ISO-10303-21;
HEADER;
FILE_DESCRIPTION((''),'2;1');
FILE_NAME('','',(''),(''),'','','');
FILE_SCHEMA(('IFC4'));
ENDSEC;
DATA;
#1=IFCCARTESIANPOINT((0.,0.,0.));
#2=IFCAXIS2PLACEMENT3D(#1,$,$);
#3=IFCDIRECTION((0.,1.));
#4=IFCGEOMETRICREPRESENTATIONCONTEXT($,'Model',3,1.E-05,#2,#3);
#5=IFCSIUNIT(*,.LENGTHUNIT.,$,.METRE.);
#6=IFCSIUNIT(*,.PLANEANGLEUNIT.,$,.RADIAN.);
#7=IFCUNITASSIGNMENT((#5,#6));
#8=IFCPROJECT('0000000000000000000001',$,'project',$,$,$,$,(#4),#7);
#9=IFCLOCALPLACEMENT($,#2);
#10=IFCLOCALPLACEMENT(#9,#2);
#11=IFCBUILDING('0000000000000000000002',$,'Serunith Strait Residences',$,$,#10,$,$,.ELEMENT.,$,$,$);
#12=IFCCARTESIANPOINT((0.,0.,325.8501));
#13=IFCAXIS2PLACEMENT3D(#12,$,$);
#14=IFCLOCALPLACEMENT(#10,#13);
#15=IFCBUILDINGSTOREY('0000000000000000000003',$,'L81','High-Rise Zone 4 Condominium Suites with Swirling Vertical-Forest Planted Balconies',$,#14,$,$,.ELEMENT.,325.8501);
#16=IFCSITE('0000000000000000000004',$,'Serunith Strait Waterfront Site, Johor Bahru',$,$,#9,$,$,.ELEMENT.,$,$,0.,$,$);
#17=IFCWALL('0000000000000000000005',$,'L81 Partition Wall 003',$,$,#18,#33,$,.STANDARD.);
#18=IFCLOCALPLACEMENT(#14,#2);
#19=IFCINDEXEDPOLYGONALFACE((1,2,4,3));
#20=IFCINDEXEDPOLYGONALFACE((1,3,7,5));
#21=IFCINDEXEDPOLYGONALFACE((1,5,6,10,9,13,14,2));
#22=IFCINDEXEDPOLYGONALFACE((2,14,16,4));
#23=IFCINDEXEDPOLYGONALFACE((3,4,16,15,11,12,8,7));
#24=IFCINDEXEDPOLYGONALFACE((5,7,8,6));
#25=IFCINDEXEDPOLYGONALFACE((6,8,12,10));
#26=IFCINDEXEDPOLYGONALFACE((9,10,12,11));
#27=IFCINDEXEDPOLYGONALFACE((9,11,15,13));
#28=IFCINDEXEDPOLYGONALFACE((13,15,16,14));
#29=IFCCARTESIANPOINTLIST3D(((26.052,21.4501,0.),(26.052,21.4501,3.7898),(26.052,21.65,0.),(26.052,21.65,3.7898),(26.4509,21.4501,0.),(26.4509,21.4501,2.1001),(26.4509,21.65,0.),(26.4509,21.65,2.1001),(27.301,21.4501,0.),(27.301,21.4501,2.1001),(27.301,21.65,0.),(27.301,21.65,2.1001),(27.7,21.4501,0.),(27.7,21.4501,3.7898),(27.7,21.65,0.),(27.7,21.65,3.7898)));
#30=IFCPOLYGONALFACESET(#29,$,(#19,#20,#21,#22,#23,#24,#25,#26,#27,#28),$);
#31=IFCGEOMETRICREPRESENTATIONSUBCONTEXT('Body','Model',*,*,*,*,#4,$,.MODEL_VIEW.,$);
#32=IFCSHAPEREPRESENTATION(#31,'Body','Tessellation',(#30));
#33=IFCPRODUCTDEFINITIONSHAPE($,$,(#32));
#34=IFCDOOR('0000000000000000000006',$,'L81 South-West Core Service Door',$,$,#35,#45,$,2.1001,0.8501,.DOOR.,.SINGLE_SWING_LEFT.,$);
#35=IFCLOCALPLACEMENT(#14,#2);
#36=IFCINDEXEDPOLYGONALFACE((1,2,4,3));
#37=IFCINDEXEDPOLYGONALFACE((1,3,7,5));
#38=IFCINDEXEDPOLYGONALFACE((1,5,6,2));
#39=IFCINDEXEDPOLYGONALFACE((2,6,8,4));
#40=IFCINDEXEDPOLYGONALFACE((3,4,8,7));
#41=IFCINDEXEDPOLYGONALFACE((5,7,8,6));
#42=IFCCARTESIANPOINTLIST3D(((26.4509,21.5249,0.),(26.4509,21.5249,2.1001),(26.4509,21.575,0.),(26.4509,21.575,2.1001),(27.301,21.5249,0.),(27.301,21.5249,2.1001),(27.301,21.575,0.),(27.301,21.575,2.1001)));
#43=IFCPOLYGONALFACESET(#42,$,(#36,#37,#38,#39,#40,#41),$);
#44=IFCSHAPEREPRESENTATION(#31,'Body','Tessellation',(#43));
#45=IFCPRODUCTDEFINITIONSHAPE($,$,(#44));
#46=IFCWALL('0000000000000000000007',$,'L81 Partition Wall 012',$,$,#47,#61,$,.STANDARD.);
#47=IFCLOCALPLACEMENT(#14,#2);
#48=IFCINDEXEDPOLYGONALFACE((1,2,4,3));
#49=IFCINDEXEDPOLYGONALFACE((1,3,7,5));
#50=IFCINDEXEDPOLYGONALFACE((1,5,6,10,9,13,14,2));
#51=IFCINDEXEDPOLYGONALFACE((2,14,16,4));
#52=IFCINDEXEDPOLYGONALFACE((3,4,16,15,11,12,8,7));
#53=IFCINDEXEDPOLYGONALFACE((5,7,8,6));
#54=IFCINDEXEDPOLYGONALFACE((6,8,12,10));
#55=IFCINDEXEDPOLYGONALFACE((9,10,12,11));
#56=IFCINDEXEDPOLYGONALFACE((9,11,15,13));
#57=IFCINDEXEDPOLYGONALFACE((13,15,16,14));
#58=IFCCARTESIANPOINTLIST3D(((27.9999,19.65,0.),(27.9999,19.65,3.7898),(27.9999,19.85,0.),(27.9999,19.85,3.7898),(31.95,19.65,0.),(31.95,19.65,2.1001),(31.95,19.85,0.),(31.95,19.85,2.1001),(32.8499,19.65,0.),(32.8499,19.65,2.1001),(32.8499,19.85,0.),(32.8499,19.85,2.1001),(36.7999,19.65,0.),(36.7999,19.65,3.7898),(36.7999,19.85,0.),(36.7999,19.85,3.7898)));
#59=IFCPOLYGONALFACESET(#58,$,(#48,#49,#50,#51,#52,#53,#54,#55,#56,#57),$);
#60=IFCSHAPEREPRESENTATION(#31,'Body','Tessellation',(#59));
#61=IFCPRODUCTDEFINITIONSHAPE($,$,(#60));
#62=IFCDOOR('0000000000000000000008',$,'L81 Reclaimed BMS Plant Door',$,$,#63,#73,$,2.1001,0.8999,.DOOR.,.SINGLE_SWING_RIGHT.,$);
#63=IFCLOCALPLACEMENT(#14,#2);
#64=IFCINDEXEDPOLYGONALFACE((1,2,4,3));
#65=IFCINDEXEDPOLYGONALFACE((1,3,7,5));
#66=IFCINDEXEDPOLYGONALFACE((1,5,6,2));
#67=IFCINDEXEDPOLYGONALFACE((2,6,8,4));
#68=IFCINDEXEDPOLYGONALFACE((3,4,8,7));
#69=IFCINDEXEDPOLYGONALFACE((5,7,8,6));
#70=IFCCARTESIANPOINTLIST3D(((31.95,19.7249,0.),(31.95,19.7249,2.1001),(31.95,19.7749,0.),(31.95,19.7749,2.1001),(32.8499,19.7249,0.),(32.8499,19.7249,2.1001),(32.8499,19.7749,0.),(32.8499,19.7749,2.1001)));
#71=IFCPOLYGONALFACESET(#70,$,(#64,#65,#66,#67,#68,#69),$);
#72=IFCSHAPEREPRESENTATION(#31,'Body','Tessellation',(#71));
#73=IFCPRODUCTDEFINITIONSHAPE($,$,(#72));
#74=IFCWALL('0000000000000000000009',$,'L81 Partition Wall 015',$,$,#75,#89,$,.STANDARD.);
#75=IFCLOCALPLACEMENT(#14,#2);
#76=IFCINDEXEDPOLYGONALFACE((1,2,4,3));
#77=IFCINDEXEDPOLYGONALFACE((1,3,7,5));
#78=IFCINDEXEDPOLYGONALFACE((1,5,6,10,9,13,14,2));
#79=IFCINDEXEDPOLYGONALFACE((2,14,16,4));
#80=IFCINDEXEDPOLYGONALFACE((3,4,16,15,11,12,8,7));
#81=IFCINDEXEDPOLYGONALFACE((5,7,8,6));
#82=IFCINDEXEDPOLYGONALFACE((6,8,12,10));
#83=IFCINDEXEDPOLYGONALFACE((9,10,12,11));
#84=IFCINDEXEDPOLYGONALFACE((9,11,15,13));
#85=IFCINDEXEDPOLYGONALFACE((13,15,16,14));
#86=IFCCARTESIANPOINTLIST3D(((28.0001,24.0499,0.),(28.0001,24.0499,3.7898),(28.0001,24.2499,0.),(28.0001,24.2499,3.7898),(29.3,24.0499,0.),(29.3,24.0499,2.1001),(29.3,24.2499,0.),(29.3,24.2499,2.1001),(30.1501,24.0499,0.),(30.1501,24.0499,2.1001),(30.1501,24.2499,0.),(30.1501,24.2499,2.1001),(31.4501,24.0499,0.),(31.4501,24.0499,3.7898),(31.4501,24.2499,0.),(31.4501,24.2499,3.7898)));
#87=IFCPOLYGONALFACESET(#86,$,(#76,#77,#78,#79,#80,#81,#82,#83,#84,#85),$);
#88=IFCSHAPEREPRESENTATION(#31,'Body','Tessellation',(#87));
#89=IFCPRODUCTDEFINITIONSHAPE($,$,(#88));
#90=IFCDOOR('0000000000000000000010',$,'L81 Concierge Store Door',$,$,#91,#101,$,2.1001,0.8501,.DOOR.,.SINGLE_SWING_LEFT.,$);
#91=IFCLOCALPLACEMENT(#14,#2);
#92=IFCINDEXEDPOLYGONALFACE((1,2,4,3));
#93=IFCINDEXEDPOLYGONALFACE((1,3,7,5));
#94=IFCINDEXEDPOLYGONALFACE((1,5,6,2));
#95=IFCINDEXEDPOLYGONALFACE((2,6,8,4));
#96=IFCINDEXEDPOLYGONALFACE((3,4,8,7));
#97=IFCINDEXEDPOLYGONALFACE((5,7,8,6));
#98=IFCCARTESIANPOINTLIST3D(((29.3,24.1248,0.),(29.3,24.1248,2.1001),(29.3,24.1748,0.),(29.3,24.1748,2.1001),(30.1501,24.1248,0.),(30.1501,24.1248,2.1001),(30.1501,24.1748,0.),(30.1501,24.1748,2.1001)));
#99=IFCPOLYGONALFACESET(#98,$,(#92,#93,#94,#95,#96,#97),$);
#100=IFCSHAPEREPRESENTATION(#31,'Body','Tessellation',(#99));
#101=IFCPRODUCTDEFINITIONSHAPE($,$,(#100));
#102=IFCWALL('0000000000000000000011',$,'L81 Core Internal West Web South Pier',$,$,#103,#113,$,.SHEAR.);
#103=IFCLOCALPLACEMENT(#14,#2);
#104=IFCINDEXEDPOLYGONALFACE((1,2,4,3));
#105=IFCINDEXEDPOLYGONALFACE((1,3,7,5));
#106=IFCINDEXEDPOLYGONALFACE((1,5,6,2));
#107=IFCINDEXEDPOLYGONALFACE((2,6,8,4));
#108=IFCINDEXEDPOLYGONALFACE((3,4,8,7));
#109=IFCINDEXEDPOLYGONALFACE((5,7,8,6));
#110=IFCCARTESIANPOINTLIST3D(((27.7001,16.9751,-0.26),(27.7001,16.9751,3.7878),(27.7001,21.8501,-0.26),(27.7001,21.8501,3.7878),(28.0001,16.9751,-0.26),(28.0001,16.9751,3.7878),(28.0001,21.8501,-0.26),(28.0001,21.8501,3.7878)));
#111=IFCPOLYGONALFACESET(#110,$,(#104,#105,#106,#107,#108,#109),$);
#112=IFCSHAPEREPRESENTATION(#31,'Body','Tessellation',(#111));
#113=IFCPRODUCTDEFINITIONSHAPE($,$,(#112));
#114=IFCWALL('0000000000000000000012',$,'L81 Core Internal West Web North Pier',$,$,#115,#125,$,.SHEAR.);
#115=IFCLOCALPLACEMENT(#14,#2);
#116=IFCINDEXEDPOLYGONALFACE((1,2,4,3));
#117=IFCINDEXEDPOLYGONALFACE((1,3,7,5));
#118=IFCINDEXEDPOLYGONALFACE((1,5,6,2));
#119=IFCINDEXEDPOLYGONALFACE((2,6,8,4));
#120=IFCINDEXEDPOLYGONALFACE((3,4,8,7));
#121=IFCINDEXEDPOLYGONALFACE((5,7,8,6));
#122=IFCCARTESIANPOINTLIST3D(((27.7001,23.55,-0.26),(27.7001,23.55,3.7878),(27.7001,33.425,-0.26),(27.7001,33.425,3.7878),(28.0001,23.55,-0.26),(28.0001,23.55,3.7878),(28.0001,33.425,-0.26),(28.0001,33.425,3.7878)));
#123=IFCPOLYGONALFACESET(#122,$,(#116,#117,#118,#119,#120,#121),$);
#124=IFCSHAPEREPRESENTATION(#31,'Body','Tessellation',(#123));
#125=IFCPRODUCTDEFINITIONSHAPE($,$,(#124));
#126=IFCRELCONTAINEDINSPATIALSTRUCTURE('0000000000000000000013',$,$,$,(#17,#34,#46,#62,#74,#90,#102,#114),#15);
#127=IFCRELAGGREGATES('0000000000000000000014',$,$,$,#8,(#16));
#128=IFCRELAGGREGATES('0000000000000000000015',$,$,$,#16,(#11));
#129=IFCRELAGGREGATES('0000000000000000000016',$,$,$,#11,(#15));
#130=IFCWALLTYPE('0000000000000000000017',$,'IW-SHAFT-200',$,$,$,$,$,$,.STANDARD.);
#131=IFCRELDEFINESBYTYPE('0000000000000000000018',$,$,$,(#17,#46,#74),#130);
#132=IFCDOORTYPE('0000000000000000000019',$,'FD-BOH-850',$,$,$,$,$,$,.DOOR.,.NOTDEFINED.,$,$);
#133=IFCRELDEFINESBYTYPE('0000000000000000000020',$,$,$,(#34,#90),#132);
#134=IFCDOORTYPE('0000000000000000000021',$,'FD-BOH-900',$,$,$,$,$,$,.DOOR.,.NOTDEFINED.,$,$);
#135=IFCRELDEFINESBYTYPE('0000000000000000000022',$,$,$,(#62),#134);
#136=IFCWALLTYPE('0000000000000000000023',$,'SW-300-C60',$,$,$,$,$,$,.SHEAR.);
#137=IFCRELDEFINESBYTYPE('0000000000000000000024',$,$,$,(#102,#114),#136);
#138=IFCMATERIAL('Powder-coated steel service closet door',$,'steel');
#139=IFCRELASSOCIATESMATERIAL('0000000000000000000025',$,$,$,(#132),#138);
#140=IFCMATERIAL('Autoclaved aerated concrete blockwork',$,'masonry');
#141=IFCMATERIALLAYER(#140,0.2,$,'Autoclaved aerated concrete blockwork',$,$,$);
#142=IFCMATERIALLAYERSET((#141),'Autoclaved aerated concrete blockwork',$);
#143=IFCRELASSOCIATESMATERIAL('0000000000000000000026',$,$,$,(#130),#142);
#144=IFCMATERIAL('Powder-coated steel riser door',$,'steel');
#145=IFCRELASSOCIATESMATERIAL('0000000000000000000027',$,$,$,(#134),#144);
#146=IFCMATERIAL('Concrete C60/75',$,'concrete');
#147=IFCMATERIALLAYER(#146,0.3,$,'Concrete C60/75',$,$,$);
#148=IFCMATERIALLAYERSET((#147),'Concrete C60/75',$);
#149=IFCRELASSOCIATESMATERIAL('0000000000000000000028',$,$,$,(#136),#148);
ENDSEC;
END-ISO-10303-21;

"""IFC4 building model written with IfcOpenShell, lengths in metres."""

from ifc_helpers import new_model, si_unit, direction, frame, frame_2d, origin, place, context, subcontext, project, spatial, rectangle, extrude, source, transform, mapped, material, layer, layer_set, type_object, element, fill, save


model = new_model("IFC4")

# Units and contexts
model_context = context("Model", 3, precision=1e-05, world=origin(), true_north=direction((0.0, 1.0)))
body_context = subcontext(model_context, "Body", "Model", "MODEL_VIEW")
ifc_project = project(units=[si_unit("LENGTHUNIT", "METRE"), si_unit("PLANEANGLEUNIT", "RADIAN")], contexts=[model_context])

# Site, building, storey
site_placement = place(None, origin())
site = spatial("IfcSite", under=ifc_project, at=site_placement, Name="Serunith Strait Waterfront Site, Johor Bahru", CompositionType="ELEMENT", RefElevation=0.0)
building_placement = place(site_placement, origin())
building = spatial("IfcBuilding", under=site, at=building_placement, Name="Serunith Strait Residences", CompositionType="ELEMENT")
storey_placement = place(building_placement, frame((0.0, 0.0, 325.8501)))
storey = spatial("IfcBuildingStorey", under=building, at=storey_placement, Name="L81", Description="High-Rise Zone 4 Condominium Suites with Swirling Vertical-Forest Planted Balconies", CompositionType="ELEMENT", Elevation=325.8501)

# Shared definitions
ifc_material_1 = material(Name="Powder-coated steel service closet door", Category="steel")
door_type_1 = type_object("IfcDoorType", Name="FD-BOH-850", OperationType="NOTDEFINED", PredefinedType="DOOR", material=ifc_material_1)
shared_shape_1 = source(origin(), body_context, "Body", "SweptSolid", [
    extrude(rectangle(XDim=0.8501, YDim=2.1001, at=frame_2d((0.425, 1.05))), frame((0.0, 0.0249, 0.0), z_axis=(0.0, -1.0, 0.0), x_axis=(1.0, 0.0, 0.0)), (0.0, 0.0, 1.0), 0.05),
])

# Shared definitions
shared_shape_2 = source(origin(), body_context, "Body", "SweptSolid", [
    extrude(rectangle(XDim=0.8999, YDim=2.1001, at=frame_2d((0.45, 1.05))), frame((0.0, 0.0249, 0.0), z_axis=(0.0, -1.0, 0.0), x_axis=(1.0, 0.0, 0.0)), (0.0, 0.0, 1.0), 0.05),
])

# Shared definitions
ifc_material_2 = material(Name="Autoclaved aerated concrete blockwork", Category="masonry")
ifc_layer_1 = layer(ifc_material_2, 0.2, Name="Autoclaved aerated concrete blockwork")
ifc_layer_set_1 = layer_set([ifc_layer_1], Name="Autoclaved aerated concrete blockwork")
wall_type_1 = type_object("IfcWallType", Name="IW-SHAFT-200", PredefinedType="STANDARD", material=ifc_layer_set_1)

# Walls, openings, doors
wall_1_placement = place(storey_placement, frame((26.052, 21.55, 0.0), z_axis=(0.0, 0.0, 1.0), x_axis=(1.0, 0.0, 0.0)))
wall_1 = element("IfcWall", 1, at=wall_1_placement, inside=storey, type_object=wall_type_1, Name="L81 Partition Wall 003", PredefinedType="STANDARD", context=body_context, shape_type="SweptSolid", body=[
    extrude(rectangle(XDim=1.6479, YDim=0.2, at=frame_2d((0.824, 0.0))), origin(), (0.0, 0.0, 1.0), 3.7898),
])
opening_1_placement = place(wall_1_placement, frame((0.3989, 0.0, 0.0)))
opening_1 = element("IfcOpeningElement", 2, at=opening_1_placement, cuts=wall_1, PredefinedType="OPENING", context=body_context, shape_type="SweptSolid", body=[
    extrude(rectangle(XDim=0.8501, YDim=2.1001, at=frame_2d((0.425, 1.05))), frame((0.0, 0.1099, 0.0), z_axis=(0.0, -1.0, 0.0), x_axis=(1.0, 0.0, 0.0)), (0.0, 0.0, 1.0), 0.22),
])
door_1_placement = place(opening_1_placement, origin())
door_1 = element("IfcDoor", 3, at=door_1_placement, inside=storey, type_object=door_type_1, Name="L81 South-West Core Service Door", OperationType="SINGLE_SWING_LEFT", OverallHeight=2.1001, OverallWidth=0.8501, PredefinedType="DOOR", context=body_context, shape_type="MappedRepresentation", body=[
    mapped(shared_shape_1, transform((0.0, 0.0, 0.0), scale=1.0)),
])
fill(opening_1, door_1)
wall_2_placement = place(storey_placement, frame((28.0, 19.75, 0.0), z_axis=(0.0, 0.0, 1.0), x_axis=(1.0, 0.0, 0.0)))
wall_2 = element("IfcWall", 4, at=wall_2_placement, inside=storey, type_object=wall_type_1, Name="L81 Partition Wall 012", PredefinedType="STANDARD", context=body_context, shape_type="SweptSolid", body=[
    extrude(rectangle(XDim=8.8, YDim=0.2, at=frame_2d((4.3999, 0.0))), origin(), (0.0, 0.0, 1.0), 3.7898),
])
opening_2_placement = place(wall_2_placement, frame((3.95, 0.0, 0.0)))
opening_2 = element("IfcOpeningElement", 5, at=opening_2_placement, cuts=wall_2, PredefinedType="OPENING", context=body_context, shape_type="SweptSolid", body=[
    extrude(rectangle(XDim=0.8999, YDim=2.1001, at=frame_2d((0.45, 1.05))), frame((0.0, 0.1099, 0.0), z_axis=(0.0, -1.0, 0.0), x_axis=(1.0, 0.0, 0.0)), (0.0, 0.0, 1.0), 0.22),
])
ifc_material_3 = material(Name="Powder-coated steel riser door", Category="steel")
door_type_2 = type_object("IfcDoorType", Name="FD-BOH-900", OperationType="NOTDEFINED", PredefinedType="DOOR", material=ifc_material_3)
door_2_placement = place(opening_2_placement, origin())
door_2 = element("IfcDoor", 6, at=door_2_placement, inside=storey, type_object=door_type_2, Name="L81 Reclaimed BMS Plant Door", OperationType="SINGLE_SWING_RIGHT", OverallHeight=2.1001, OverallWidth=0.8999, PredefinedType="DOOR", context=body_context, shape_type="MappedRepresentation", body=[
    mapped(shared_shape_2, transform((0.0, 0.0, 0.0), scale=1.0)),
])
fill(opening_2, door_2)
wall_3_placement = place(storey_placement, frame((28.0, 24.1499, 0.0), z_axis=(0.0, 0.0, 1.0), x_axis=(1.0, 0.0, 0.0)))
wall_3 = element("IfcWall", 7, at=wall_3_placement, inside=storey, type_object=wall_type_1, Name="L81 Partition Wall 015", PredefinedType="STANDARD", context=body_context, shape_type="SweptSolid", body=[
    extrude(rectangle(XDim=3.45, YDim=0.2, at=frame_2d((1.7251, 0.0))), origin(), (0.0, 0.0, 1.0), 3.7898),
])
opening_3_placement = place(wall_3_placement, frame((1.3, 0.0, 0.0)))
opening_3 = element("IfcOpeningElement", 8, at=opening_3_placement, cuts=wall_3, PredefinedType="OPENING", context=body_context, shape_type="SweptSolid", body=[
    extrude(rectangle(XDim=0.8501, YDim=2.1001, at=frame_2d((0.425, 1.05))), frame((0.0, 0.1099, 0.0), z_axis=(0.0, -1.0, 0.0), x_axis=(1.0, 0.0, 0.0)), (0.0, 0.0, 1.0), 0.22),
])
door_3_placement = place(opening_3_placement, origin())
door_3 = element("IfcDoor", 9, at=door_3_placement, inside=storey, type_object=door_type_1, Name="L81 Concierge Store Door", OperationType="SINGLE_SWING_LEFT", OverallHeight=2.1001, OverallWidth=0.8501, PredefinedType="DOOR", context=body_context, shape_type="MappedRepresentation", body=[
    mapped(shared_shape_1, transform((0.0, 0.0, 0.0), scale=1.0)),
])
fill(opening_3, door_3)

# Walls
ifc_material_4 = material(Name="Concrete C60/75", Category="concrete")
ifc_layer_2 = layer(ifc_material_4, 0.3, Name="Concrete C60/75")
ifc_layer_set_2 = layer_set([ifc_layer_2], Name="Concrete C60/75")
wall_type_2 = type_object("IfcWallType", Name="SW-300-C60", PredefinedType="SHEAR", material=ifc_layer_set_2)
wall_4_placement = place(storey_placement, frame((27.8501, 16.9751, -0.26), z_axis=(0.0, 0.0, 1.0), x_axis=(0.0, 1.0, 0.0)))
element("IfcWall", 10, at=wall_4_placement, inside=storey, type_object=wall_type_2, Name="L81 Core Internal West Web South Pier", PredefinedType="SHEAR", context=body_context, shape_type="SweptSolid", body=[
    extrude(rectangle(XDim=4.875, YDim=0.3, at=frame_2d((2.4375, 0.0))), origin(), (0.0, 0.0, 1.0), 4.0479),
])
wall_5_placement = place(storey_placement, frame((27.8501, 23.55, -0.26), z_axis=(0.0, 0.0, 1.0), x_axis=(0.0, 1.0, 0.0)))
element("IfcWall", 11, at=wall_5_placement, inside=storey, type_object=wall_type_2, Name="L81 Core Internal West Web North Pier", PredefinedType="SHEAR", context=body_context, shape_type="SweptSolid", body=[
    extrude(rectangle(XDim=9.875, YDim=0.3, at=frame_2d((4.9375, 0.0))), origin(), (0.0, 0.0, 1.0), 4.0479),
])

save(model, "model.ifc")
